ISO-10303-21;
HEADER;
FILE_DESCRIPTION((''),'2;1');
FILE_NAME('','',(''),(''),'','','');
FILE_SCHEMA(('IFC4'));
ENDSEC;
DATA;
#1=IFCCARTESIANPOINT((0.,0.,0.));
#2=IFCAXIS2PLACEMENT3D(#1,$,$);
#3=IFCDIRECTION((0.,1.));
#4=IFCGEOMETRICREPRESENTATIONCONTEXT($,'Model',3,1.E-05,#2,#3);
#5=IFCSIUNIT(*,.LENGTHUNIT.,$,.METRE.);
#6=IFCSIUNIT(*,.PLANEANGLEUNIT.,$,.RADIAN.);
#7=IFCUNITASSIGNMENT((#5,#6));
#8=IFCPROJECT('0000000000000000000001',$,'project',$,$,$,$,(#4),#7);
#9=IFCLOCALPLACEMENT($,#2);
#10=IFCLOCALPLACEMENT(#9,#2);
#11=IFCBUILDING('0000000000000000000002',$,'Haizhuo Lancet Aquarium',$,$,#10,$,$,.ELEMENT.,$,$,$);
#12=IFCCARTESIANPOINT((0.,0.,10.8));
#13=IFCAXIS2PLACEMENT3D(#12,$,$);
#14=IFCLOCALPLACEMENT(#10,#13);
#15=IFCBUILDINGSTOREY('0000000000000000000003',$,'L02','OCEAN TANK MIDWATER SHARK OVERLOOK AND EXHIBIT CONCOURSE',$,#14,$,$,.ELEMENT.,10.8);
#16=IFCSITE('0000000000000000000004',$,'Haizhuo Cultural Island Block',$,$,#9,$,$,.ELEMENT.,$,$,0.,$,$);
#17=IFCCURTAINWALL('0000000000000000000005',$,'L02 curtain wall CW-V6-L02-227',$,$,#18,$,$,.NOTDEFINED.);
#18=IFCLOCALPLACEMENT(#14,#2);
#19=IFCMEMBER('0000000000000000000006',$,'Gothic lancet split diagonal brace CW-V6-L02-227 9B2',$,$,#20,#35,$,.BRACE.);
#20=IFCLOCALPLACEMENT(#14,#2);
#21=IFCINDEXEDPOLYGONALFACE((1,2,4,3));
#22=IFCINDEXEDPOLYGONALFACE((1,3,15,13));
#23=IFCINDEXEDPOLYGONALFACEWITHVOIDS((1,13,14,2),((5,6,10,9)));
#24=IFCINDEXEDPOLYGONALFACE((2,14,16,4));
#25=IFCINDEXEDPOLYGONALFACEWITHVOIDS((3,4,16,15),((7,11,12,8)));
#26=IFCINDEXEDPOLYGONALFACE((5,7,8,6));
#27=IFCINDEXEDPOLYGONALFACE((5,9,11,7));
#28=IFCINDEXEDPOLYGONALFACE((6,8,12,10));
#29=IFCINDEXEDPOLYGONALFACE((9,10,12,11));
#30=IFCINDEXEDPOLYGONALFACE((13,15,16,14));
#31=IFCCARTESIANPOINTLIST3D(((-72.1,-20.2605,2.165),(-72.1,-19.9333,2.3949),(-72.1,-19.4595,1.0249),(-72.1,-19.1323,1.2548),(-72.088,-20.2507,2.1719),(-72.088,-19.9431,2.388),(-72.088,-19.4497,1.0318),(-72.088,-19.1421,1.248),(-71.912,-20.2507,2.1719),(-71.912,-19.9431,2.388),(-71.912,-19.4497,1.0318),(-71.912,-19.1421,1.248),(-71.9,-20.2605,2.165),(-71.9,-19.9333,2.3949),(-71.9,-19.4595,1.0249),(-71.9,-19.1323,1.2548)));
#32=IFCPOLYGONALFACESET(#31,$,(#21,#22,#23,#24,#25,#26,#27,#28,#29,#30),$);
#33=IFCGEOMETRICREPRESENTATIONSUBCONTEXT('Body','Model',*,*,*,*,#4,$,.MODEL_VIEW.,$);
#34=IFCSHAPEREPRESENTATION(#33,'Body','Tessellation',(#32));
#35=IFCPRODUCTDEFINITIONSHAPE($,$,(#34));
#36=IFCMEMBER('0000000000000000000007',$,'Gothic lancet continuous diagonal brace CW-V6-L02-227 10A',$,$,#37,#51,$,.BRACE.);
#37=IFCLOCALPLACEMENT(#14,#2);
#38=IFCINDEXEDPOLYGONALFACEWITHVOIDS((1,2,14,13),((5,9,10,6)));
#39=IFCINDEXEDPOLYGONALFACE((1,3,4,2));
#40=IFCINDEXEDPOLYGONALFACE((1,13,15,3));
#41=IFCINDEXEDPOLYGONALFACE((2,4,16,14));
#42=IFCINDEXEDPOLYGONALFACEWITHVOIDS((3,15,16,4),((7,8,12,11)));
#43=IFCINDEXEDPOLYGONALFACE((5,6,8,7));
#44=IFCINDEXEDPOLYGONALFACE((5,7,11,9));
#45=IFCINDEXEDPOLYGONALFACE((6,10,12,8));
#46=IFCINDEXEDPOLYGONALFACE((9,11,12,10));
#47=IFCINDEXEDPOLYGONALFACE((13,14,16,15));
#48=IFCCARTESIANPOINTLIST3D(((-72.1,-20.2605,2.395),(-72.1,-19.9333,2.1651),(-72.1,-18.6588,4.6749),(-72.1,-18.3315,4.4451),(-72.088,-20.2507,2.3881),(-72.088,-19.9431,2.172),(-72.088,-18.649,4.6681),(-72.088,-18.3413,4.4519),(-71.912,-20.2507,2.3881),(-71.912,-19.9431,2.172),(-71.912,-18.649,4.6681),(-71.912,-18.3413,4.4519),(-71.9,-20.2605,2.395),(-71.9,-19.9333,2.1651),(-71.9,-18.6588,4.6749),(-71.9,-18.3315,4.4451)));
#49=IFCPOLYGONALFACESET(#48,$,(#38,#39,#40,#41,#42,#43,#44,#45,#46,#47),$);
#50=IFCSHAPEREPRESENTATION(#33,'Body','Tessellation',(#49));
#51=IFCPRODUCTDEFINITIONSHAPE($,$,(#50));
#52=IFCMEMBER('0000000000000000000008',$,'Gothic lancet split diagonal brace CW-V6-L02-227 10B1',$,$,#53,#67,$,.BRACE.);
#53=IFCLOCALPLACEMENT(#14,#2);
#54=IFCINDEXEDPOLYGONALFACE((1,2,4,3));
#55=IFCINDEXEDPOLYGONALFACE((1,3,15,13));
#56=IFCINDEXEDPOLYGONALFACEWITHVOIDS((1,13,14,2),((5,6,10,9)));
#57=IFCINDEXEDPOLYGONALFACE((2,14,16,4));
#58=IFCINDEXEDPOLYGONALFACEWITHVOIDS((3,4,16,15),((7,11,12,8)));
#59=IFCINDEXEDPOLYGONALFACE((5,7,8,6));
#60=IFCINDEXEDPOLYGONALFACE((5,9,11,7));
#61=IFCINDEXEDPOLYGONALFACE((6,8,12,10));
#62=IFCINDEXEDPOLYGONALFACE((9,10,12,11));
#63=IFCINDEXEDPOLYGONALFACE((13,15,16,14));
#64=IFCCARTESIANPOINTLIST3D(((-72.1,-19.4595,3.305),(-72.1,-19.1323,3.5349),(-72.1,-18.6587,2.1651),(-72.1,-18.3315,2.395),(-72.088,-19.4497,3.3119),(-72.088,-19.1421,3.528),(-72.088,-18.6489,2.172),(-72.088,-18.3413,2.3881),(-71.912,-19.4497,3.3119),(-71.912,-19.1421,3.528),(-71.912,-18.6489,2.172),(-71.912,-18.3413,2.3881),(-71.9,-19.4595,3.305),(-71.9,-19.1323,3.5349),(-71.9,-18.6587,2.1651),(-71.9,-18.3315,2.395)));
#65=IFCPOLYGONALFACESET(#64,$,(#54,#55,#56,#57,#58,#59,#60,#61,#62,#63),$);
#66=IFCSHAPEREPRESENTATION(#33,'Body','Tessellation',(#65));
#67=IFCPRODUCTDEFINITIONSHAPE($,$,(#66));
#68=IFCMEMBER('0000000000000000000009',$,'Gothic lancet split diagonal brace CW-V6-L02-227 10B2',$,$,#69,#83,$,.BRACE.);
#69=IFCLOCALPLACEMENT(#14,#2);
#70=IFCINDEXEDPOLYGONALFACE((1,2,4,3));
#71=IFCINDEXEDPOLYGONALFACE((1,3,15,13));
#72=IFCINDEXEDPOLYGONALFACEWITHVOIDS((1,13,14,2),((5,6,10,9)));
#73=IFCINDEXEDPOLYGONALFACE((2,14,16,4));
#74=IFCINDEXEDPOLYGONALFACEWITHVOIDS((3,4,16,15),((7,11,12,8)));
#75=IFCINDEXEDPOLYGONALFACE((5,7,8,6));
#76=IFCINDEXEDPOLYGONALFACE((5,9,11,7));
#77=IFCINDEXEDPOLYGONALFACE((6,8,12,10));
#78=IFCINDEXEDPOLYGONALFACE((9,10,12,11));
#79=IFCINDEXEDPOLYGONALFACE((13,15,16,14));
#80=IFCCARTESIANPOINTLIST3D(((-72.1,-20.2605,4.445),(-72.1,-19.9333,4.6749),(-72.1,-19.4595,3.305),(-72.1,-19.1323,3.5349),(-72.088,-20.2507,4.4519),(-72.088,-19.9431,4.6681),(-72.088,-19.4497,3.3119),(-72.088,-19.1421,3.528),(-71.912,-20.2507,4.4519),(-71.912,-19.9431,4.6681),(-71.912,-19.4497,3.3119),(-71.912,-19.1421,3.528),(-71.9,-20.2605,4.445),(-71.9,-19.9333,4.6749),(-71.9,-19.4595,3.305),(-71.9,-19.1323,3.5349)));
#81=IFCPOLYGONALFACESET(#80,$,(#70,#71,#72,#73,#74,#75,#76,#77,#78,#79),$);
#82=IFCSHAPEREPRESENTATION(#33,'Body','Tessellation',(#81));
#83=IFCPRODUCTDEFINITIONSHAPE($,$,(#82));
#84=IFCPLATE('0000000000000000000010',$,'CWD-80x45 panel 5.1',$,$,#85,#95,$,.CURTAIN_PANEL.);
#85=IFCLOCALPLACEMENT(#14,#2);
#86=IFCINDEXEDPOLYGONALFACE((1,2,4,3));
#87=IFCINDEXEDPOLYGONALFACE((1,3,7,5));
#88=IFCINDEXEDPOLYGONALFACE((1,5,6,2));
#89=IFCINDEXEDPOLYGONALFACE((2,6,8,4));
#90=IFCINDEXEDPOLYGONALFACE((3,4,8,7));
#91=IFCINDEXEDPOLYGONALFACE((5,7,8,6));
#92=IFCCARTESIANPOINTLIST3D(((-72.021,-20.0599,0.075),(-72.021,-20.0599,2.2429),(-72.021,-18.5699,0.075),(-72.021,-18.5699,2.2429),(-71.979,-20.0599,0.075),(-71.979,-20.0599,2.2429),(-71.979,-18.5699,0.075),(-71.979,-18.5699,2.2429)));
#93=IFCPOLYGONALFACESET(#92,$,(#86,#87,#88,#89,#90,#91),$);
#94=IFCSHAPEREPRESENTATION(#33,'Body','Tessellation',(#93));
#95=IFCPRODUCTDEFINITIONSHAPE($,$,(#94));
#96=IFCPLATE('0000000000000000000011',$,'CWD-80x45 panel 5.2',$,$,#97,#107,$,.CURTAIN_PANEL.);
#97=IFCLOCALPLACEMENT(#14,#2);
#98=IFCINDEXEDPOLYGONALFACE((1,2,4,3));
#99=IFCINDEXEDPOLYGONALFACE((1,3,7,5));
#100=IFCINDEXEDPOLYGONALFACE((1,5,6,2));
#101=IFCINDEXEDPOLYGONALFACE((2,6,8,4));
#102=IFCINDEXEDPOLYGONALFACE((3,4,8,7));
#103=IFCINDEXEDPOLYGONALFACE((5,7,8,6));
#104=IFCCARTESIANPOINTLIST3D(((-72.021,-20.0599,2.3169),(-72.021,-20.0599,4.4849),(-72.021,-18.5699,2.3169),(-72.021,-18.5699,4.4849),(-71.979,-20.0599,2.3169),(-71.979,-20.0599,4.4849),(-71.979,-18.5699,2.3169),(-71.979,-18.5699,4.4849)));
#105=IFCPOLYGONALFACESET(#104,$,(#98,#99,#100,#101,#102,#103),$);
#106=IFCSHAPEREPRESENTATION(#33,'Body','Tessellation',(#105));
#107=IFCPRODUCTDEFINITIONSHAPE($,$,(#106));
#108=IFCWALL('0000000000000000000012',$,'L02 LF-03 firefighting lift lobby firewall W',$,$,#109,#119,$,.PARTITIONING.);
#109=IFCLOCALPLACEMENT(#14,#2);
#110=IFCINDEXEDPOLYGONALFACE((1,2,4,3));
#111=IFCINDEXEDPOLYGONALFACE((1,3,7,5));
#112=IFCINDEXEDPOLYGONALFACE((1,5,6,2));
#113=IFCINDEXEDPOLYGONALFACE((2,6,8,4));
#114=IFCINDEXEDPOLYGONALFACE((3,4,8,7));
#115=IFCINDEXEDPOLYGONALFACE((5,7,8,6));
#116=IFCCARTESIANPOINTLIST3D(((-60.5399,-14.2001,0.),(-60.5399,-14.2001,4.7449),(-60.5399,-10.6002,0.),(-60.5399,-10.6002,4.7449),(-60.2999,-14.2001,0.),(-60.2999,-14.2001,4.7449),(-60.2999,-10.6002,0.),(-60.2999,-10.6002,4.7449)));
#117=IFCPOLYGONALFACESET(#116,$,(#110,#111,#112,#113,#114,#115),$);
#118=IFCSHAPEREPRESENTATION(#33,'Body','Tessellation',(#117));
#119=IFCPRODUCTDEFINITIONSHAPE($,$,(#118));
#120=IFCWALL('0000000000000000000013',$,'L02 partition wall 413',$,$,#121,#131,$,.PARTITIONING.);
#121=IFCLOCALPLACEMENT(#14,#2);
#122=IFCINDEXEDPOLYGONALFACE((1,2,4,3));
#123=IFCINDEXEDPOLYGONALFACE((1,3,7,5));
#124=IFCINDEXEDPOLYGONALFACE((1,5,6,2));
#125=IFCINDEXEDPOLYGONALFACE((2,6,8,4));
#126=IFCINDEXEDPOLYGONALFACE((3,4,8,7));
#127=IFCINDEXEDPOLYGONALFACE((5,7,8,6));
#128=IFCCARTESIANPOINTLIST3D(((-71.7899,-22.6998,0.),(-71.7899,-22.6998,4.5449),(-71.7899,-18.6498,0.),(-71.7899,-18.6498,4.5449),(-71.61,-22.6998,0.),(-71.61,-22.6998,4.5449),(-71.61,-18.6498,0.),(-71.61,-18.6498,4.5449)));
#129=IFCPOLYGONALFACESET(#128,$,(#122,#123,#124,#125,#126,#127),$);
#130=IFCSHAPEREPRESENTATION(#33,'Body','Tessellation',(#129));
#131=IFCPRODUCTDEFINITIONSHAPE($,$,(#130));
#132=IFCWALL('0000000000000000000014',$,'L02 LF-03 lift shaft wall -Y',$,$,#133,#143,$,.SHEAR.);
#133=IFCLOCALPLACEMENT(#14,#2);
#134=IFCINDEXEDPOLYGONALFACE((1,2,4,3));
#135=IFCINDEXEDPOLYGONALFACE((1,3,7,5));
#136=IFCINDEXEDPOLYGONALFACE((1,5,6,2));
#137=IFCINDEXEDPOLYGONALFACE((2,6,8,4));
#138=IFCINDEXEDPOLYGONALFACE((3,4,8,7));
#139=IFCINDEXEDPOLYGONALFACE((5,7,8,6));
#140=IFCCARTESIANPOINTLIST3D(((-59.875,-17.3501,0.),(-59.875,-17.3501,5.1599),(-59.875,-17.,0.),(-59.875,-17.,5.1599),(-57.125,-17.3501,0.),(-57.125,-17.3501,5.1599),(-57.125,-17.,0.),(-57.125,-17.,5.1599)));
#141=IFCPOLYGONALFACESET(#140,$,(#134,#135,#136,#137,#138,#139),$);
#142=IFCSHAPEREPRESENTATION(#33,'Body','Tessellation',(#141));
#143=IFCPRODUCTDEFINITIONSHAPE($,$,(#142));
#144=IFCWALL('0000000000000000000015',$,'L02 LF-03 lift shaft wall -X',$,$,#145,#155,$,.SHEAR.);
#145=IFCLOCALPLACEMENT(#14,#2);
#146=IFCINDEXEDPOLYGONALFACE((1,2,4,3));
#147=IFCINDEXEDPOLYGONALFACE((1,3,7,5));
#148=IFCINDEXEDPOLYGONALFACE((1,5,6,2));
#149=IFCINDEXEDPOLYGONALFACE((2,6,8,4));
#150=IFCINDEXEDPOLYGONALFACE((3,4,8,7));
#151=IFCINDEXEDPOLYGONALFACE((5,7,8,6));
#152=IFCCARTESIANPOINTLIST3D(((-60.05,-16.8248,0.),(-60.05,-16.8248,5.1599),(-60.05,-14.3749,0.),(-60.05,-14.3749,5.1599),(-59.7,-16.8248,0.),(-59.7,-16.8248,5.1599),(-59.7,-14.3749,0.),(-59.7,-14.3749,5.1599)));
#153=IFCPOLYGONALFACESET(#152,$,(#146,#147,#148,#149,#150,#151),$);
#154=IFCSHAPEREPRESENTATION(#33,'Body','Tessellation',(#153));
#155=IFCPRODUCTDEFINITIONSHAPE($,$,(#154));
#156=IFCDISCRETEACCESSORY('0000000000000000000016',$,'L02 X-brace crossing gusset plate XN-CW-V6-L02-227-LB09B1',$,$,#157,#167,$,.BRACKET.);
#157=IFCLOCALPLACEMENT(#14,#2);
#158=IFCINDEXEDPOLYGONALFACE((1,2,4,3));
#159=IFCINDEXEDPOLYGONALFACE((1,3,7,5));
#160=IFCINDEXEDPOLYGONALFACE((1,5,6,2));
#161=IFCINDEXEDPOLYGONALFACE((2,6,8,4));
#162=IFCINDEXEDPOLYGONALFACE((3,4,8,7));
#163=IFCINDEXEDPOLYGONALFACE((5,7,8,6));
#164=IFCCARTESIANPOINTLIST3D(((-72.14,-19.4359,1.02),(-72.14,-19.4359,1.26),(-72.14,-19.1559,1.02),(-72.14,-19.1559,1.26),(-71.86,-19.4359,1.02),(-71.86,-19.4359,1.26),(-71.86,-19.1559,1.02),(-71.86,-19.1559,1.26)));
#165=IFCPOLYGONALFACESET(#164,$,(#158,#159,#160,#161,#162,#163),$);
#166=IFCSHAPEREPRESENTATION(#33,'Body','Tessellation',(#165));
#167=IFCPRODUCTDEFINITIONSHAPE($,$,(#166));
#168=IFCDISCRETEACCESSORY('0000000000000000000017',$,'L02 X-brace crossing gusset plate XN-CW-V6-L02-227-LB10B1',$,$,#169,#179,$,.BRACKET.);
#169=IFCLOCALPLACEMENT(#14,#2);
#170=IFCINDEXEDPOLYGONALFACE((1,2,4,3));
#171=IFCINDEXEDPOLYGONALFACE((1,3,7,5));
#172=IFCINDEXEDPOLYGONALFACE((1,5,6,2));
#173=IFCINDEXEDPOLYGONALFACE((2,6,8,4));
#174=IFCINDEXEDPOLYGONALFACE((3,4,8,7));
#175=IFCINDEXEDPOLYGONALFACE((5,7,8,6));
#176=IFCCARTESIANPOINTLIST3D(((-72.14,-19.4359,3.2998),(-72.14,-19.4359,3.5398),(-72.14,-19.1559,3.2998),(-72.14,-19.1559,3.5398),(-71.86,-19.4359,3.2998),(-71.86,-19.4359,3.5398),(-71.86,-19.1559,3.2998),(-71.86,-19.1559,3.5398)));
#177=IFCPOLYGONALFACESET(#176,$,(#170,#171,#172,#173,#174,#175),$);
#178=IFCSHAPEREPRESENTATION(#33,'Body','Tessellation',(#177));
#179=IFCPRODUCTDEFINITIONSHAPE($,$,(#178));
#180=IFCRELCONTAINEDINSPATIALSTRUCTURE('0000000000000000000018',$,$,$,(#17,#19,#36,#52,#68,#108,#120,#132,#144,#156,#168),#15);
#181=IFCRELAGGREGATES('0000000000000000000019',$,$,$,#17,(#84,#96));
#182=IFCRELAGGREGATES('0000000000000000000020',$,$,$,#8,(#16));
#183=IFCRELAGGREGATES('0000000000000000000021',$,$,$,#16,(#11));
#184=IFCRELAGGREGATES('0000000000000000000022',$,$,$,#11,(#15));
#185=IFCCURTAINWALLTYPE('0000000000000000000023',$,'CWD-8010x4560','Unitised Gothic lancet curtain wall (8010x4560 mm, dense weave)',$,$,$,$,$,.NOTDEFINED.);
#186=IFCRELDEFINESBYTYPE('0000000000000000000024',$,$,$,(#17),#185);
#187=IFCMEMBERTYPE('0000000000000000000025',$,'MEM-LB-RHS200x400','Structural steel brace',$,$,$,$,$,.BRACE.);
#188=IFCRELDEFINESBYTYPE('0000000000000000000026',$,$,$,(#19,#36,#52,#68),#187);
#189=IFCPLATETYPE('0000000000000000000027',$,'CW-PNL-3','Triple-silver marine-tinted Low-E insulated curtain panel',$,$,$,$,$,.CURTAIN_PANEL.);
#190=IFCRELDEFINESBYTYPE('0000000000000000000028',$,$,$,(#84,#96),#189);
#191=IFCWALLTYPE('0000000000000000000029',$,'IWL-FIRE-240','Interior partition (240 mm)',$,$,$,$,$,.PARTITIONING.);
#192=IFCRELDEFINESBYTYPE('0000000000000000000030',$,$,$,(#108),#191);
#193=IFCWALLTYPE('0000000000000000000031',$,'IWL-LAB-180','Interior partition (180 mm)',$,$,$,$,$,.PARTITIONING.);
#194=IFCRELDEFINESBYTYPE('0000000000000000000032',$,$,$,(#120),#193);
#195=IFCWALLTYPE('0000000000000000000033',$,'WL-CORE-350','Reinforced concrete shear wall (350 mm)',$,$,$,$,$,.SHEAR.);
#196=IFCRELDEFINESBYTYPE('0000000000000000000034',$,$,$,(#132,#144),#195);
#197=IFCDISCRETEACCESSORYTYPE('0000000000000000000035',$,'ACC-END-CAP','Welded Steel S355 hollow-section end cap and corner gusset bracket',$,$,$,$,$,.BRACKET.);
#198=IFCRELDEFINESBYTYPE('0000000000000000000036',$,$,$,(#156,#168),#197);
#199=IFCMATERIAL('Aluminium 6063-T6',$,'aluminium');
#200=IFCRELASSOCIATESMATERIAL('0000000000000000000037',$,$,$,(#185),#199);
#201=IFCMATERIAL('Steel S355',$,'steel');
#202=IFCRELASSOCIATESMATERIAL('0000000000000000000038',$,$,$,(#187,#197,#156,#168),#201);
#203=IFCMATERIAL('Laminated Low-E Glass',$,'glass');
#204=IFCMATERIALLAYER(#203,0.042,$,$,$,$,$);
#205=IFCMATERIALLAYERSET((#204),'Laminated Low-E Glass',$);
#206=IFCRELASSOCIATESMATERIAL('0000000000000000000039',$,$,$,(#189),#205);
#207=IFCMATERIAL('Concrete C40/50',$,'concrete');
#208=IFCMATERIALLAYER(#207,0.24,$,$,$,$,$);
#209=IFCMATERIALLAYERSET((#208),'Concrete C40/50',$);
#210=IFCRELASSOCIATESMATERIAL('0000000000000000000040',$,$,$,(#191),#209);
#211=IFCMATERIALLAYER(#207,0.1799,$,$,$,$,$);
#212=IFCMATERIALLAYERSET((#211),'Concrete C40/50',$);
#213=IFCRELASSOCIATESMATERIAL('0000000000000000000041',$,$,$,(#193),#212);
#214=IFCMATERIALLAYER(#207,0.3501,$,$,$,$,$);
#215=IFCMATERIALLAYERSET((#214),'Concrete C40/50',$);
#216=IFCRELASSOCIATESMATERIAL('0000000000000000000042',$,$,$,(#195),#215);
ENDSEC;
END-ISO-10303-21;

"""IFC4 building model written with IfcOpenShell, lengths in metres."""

from ifc_helpers import new_model, si_unit, direction, frame, frame_2d, origin, origin_2d, place, context, subcontext, project, spatial, rectangle, hollow_rectangle, extrude, material, layer, layer_set, material_profile, profile_set, type_object, element, aggregate, save


model = new_model("IFC4")

# Units and contexts
model_context = context("Model", 3, precision=1e-05, world=origin(), true_north=direction((0.0, 1.0)))
body_context = subcontext(model_context, "Body", "Model", "MODEL_VIEW")
ifc_project = project(units=[si_unit("LENGTHUNIT", "METRE"), si_unit("PLANEANGLEUNIT", "RADIAN")], contexts=[model_context])

# Site, building, storey
site_placement = place(None, origin())
site = spatial("IfcSite", under=ifc_project, at=site_placement, Name="Haizhuo Cultural Island Block", CompositionType="ELEMENT", RefElevation=0.0)
building_placement = place(site_placement, origin())
building = spatial("IfcBuilding", under=site, at=building_placement, Name="Haizhuo Lancet Aquarium", CompositionType="ELEMENT")
storey_placement = place(building_placement, frame((0.0, 0.0, 10.8)))
storey = spatial("IfcBuildingStorey", under=building, at=storey_placement, Name="L02", Description="OCEAN TANK MIDWATER SHARK OVERLOOK AND EXHIBIT CONCOURSE", CompositionType="ELEMENT", Elevation=10.8)

# Shared definitions
ifc_material_1 = material(Name="Concrete C40/50", Category="concrete")

# Shared definitions
ifc_material_2 = material(Name="Steel S355", Category="steel")

# Curtain wall
ifc_material_3 = material(Name="Aluminium 6063-T6", Category="aluminium")
curtain_wall_type = type_object("IfcCurtainWallType", Name="CWD-8010x4560", Description="Unitised Gothic lancet curtain wall (8010x4560 mm, dense weave)", PredefinedType="NOTDEFINED", material=ifc_material_3)
curtain_wall_placement = place(storey_placement, origin())
curtain_wall = element("IfcCurtainWall", 1, at=curtain_wall_placement, inside=storey, type_object=curtain_wall_type, Name="L02 curtain wall CW-V6-L02-227", PredefinedType="NOTDEFINED")

# Members
ifc_material_profile_1 = material_profile(ifc_material_2, hollow_rectangle(XDim=0.2, YDim=0.3999, WallThickness=0.012, at=origin_2d()), Name="RHS 200x400x12")
ifc_profile_set_1 = profile_set([ifc_material_profile_1], Name="Steel S355")
member_type_1 = type_object("IfcMemberType", Name="MEM-LB-RHS200x400", Description="Structural steel brace", PredefinedType="BRACE", material=ifc_profile_set_1)
member_1_placement = place(storey_placement, frame((-72.0, -19.2959, 1.1399), z_axis=(0.0, -0.574873, 0.818243), x_axis=(1.0, 0.0, 0.0)))
element("IfcMember", 2, at=member_1_placement, inside=storey, type_object=member_type_1, Name="Gothic lancet split diagonal brace CW-V6-L02-227 9B2", PredefinedType="BRACE", context=body_context, shape_type="SweptSolid", body=[
    extrude(hollow_rectangle(XDim=0.2, YDim=0.3999, WallThickness=0.012, at=origin_2d()), origin(), (0.0, 0.0, 1.0), 1.3933),
])
member_2_placement = place(storey_placement, frame((-72.0, -20.0969, 2.28), z_axis=(0.0, 0.574855, 0.818255), x_axis=(-1.0, 0.0, 0.0)))
element("IfcMember", 3, at=member_2_placement, inside=storey, type_object=member_type_1, Name="Gothic lancet continuous diagonal brace CW-V6-L02-227 10A", PredefinedType="BRACE", context=body_context, shape_type="SweptSolid", body=[
    extrude(hollow_rectangle(XDim=0.2, YDim=0.3999, WallThickness=0.012, at=origin_2d()), origin(), (0.0, 0.0, 1.0), 2.7864),
])
member_3_placement = place(storey_placement, frame((-72.0, -18.4951, 2.28), z_axis=(0.0, -0.574838, 0.818267), x_axis=(1.0, 0.0, 0.0)))
element("IfcMember", 4, at=member_3_placement, inside=storey, type_object=member_type_1, Name="Gothic lancet split diagonal brace CW-V6-L02-227 10B1", PredefinedType="BRACE", context=body_context, shape_type="SweptSolid", body=[
    extrude(hollow_rectangle(XDim=0.2, YDim=0.3999, WallThickness=0.012, at=origin_2d()), origin(), (0.0, 0.0, 1.0), 1.3931),
])
member_4_placement = place(storey_placement, frame((-72.0, -19.2959, 3.4199), z_axis=(0.0, -0.574873, 0.818243), x_axis=(1.0, 0.0, 0.0)))
element("IfcMember", 5, at=member_4_placement, inside=storey, type_object=member_type_1, Name="Gothic lancet split diagonal brace CW-V6-L02-227 10B2", PredefinedType="BRACE", context=body_context, shape_type="SweptSolid", body=[
    extrude(hollow_rectangle(XDim=0.2, YDim=0.3999, WallThickness=0.012, at=origin_2d()), origin(), (0.0, 0.0, 1.0), 1.3933),
])

# Plates
ifc_material_4 = material(Name="Laminated Low-E Glass", Category="glass")
ifc_layer_1 = layer(ifc_material_4, 0.042)
ifc_layer_set_1 = layer_set([ifc_layer_1], Name="Laminated Low-E Glass")
plate_type = type_object("IfcPlateType", Name="CW-PNL-3", Description="Triple-silver marine-tinted Low-E insulated curtain panel", PredefinedType="CURTAIN_PANEL", material=ifc_layer_set_1)
plate_1_placement = place(storey_placement, frame((-72.0, -19.3149, 0.075), z_axis=(0.0, 0.0, 1.0), x_axis=(0.0, 1.0, 0.0)))
plate_1 = element("IfcPlate", 6, at=plate_1_placement, type_object=plate_type, Name="CWD-80x45 panel 5.1", PredefinedType="CURTAIN_PANEL", context=body_context, shape_type="SweptSolid", body=[
    extrude(rectangle(XDim=1.49, YDim=0.042, at=origin_2d()), origin(), (0.0, 0.0, 1.0), 2.168),
])
plate_2_placement = place(storey_placement, frame((-72.0, -19.3149, 2.3169), z_axis=(0.0, 0.0, 1.0), x_axis=(0.0, 1.0, 0.0)))
plate_2 = element("IfcPlate", 7, at=plate_2_placement, type_object=plate_type, Name="CWD-80x45 panel 5.2", PredefinedType="CURTAIN_PANEL", context=body_context, shape_type="SweptSolid", body=[
    extrude(rectangle(XDim=1.49, YDim=0.042, at=origin_2d()), origin(), (0.0, 0.0, 1.0), 2.168),
])
aggregate(curtain_wall, [plate_1, plate_2])

# Walls
ifc_layer_2 = layer(ifc_material_1, 0.24)
ifc_layer_set_2 = layer_set([ifc_layer_2], Name="Concrete C40/50")
wall_type_1 = type_object("IfcWallType", Name="IWL-FIRE-240", Description="Interior partition (240 mm)", PredefinedType="PARTITIONING", material=ifc_layer_set_2)
wall_1_placement = place(storey_placement, frame((-60.4199, -14.2, 0.0), z_axis=(0.0, 0.0, 1.0), x_axis=(0.0, 1.0, 0.0)))
element("IfcWall", 8, at=wall_1_placement, inside=storey, type_object=wall_type_1, Name="L02 LF-03 firefighting lift lobby firewall W", PredefinedType="PARTITIONING", context=body_context, shape_type="SweptSolid", body=[
    extrude(rectangle(XDim=3.5999, YDim=0.24, at=frame_2d((1.7998, 0.0))), origin(), (0.0, 0.0, 1.0), 4.7449),
])
ifc_layer_3 = layer(ifc_material_1, 0.1799)
ifc_layer_set_3 = layer_set([ifc_layer_3], Name="Concrete C40/50")
wall_type_2 = type_object("IfcWallType", Name="IWL-LAB-180", Description="Interior partition (180 mm)", PredefinedType="PARTITIONING", material=ifc_layer_set_3)
wall_2_placement = place(storey_placement, frame((-71.7, -18.6499, 0.0), z_axis=(0.0, 0.0, 1.0), x_axis=(0.0, -1.0, 0.0)))
element("IfcWall", 9, at=wall_2_placement, inside=storey, type_object=wall_type_2, Name="L02 partition wall 413", PredefinedType="PARTITIONING", context=body_context, shape_type="SweptSolid", body=[
    extrude(rectangle(XDim=4.05, YDim=0.1799, at=frame_2d((2.0249, 0.0))), origin(), (0.0, 0.0, 1.0), 4.5449),
])
ifc_layer_4 = layer(ifc_material_1, 0.3501)
ifc_layer_set_4 = layer_set([ifc_layer_4], Name="Concrete C40/50")
wall_type_3 = type_object("IfcWallType", Name="WL-CORE-350", Description="Reinforced concrete shear wall (350 mm)", PredefinedType="SHEAR", material=ifc_layer_set_4)
wall_3_placement = place(storey_placement, frame((-59.875, -17.175, 0.0), z_axis=(0.0, 0.0, 1.0), x_axis=(1.0, 0.0, 0.0)))
element("IfcWall", 10, at=wall_3_placement, inside=storey, type_object=wall_type_3, Name="L02 LF-03 lift shaft wall -Y", PredefinedType="SHEAR", context=body_context, shape_type="SweptSolid", body=[
    extrude(rectangle(XDim=2.75, YDim=0.3501, at=frame_2d((1.375, 0.0))), origin(), (0.0, 0.0, 1.0), 5.1599),
])
wall_4_placement = place(storey_placement, frame((-59.875, -16.825, 0.0), z_axis=(0.0, 0.0, 1.0), x_axis=(0.0, 1.0, 0.0)))
element("IfcWall", 11, at=wall_4_placement, inside=storey, type_object=wall_type_3, Name="L02 LF-03 lift shaft wall -X", PredefinedType="SHEAR", context=body_context, shape_type="SweptSolid", body=[
    extrude(rectangle(XDim=2.45, YDim=0.3501, at=frame_2d((1.2251, 0.0))), origin(), (0.0, 0.0, 1.0), 5.1599),
])

# Discrete accessories
discrete_accessory_type = type_object("IfcDiscreteAccessoryType", Name="ACC-END-CAP", Description="Welded Steel S355 hollow-section end cap and corner gusset bracket", PredefinedType="BRACKET", material=ifc_material_2)
for number, where, z_axis, x_axis, name in (
    (12, (-72.0, -19.2959, 1.02), (0.0, 0.0, 1.0), (1.0, 0.0, 0.0), "L02 X-brace crossing gusset plate XN-CW-V6-L02-227-LB09B1"),
    (13, (-72.0, -19.2959, 3.2998), (0.0, 0.0, 1.0), (1.0, 0.0, 0.0), "L02 X-brace crossing gusset plate XN-CW-V6-L02-227-LB10B1"),
):
    element("IfcDiscreteAccessory", number, at=place(storey_placement, frame(where, z_axis=z_axis, x_axis=x_axis)), inside=storey, type_object=discrete_accessory_type, material=ifc_material_2, Name=name, PredefinedType="BRACKET", context=body_context, shape_type="SweptSolid", body=[
        extrude(rectangle(XDim=0.28, YDim=0.28, at=origin_2d()), origin(), (0.0, 0.0, 1.0), 0.24),
    ])

save(model, "model.ifc")
